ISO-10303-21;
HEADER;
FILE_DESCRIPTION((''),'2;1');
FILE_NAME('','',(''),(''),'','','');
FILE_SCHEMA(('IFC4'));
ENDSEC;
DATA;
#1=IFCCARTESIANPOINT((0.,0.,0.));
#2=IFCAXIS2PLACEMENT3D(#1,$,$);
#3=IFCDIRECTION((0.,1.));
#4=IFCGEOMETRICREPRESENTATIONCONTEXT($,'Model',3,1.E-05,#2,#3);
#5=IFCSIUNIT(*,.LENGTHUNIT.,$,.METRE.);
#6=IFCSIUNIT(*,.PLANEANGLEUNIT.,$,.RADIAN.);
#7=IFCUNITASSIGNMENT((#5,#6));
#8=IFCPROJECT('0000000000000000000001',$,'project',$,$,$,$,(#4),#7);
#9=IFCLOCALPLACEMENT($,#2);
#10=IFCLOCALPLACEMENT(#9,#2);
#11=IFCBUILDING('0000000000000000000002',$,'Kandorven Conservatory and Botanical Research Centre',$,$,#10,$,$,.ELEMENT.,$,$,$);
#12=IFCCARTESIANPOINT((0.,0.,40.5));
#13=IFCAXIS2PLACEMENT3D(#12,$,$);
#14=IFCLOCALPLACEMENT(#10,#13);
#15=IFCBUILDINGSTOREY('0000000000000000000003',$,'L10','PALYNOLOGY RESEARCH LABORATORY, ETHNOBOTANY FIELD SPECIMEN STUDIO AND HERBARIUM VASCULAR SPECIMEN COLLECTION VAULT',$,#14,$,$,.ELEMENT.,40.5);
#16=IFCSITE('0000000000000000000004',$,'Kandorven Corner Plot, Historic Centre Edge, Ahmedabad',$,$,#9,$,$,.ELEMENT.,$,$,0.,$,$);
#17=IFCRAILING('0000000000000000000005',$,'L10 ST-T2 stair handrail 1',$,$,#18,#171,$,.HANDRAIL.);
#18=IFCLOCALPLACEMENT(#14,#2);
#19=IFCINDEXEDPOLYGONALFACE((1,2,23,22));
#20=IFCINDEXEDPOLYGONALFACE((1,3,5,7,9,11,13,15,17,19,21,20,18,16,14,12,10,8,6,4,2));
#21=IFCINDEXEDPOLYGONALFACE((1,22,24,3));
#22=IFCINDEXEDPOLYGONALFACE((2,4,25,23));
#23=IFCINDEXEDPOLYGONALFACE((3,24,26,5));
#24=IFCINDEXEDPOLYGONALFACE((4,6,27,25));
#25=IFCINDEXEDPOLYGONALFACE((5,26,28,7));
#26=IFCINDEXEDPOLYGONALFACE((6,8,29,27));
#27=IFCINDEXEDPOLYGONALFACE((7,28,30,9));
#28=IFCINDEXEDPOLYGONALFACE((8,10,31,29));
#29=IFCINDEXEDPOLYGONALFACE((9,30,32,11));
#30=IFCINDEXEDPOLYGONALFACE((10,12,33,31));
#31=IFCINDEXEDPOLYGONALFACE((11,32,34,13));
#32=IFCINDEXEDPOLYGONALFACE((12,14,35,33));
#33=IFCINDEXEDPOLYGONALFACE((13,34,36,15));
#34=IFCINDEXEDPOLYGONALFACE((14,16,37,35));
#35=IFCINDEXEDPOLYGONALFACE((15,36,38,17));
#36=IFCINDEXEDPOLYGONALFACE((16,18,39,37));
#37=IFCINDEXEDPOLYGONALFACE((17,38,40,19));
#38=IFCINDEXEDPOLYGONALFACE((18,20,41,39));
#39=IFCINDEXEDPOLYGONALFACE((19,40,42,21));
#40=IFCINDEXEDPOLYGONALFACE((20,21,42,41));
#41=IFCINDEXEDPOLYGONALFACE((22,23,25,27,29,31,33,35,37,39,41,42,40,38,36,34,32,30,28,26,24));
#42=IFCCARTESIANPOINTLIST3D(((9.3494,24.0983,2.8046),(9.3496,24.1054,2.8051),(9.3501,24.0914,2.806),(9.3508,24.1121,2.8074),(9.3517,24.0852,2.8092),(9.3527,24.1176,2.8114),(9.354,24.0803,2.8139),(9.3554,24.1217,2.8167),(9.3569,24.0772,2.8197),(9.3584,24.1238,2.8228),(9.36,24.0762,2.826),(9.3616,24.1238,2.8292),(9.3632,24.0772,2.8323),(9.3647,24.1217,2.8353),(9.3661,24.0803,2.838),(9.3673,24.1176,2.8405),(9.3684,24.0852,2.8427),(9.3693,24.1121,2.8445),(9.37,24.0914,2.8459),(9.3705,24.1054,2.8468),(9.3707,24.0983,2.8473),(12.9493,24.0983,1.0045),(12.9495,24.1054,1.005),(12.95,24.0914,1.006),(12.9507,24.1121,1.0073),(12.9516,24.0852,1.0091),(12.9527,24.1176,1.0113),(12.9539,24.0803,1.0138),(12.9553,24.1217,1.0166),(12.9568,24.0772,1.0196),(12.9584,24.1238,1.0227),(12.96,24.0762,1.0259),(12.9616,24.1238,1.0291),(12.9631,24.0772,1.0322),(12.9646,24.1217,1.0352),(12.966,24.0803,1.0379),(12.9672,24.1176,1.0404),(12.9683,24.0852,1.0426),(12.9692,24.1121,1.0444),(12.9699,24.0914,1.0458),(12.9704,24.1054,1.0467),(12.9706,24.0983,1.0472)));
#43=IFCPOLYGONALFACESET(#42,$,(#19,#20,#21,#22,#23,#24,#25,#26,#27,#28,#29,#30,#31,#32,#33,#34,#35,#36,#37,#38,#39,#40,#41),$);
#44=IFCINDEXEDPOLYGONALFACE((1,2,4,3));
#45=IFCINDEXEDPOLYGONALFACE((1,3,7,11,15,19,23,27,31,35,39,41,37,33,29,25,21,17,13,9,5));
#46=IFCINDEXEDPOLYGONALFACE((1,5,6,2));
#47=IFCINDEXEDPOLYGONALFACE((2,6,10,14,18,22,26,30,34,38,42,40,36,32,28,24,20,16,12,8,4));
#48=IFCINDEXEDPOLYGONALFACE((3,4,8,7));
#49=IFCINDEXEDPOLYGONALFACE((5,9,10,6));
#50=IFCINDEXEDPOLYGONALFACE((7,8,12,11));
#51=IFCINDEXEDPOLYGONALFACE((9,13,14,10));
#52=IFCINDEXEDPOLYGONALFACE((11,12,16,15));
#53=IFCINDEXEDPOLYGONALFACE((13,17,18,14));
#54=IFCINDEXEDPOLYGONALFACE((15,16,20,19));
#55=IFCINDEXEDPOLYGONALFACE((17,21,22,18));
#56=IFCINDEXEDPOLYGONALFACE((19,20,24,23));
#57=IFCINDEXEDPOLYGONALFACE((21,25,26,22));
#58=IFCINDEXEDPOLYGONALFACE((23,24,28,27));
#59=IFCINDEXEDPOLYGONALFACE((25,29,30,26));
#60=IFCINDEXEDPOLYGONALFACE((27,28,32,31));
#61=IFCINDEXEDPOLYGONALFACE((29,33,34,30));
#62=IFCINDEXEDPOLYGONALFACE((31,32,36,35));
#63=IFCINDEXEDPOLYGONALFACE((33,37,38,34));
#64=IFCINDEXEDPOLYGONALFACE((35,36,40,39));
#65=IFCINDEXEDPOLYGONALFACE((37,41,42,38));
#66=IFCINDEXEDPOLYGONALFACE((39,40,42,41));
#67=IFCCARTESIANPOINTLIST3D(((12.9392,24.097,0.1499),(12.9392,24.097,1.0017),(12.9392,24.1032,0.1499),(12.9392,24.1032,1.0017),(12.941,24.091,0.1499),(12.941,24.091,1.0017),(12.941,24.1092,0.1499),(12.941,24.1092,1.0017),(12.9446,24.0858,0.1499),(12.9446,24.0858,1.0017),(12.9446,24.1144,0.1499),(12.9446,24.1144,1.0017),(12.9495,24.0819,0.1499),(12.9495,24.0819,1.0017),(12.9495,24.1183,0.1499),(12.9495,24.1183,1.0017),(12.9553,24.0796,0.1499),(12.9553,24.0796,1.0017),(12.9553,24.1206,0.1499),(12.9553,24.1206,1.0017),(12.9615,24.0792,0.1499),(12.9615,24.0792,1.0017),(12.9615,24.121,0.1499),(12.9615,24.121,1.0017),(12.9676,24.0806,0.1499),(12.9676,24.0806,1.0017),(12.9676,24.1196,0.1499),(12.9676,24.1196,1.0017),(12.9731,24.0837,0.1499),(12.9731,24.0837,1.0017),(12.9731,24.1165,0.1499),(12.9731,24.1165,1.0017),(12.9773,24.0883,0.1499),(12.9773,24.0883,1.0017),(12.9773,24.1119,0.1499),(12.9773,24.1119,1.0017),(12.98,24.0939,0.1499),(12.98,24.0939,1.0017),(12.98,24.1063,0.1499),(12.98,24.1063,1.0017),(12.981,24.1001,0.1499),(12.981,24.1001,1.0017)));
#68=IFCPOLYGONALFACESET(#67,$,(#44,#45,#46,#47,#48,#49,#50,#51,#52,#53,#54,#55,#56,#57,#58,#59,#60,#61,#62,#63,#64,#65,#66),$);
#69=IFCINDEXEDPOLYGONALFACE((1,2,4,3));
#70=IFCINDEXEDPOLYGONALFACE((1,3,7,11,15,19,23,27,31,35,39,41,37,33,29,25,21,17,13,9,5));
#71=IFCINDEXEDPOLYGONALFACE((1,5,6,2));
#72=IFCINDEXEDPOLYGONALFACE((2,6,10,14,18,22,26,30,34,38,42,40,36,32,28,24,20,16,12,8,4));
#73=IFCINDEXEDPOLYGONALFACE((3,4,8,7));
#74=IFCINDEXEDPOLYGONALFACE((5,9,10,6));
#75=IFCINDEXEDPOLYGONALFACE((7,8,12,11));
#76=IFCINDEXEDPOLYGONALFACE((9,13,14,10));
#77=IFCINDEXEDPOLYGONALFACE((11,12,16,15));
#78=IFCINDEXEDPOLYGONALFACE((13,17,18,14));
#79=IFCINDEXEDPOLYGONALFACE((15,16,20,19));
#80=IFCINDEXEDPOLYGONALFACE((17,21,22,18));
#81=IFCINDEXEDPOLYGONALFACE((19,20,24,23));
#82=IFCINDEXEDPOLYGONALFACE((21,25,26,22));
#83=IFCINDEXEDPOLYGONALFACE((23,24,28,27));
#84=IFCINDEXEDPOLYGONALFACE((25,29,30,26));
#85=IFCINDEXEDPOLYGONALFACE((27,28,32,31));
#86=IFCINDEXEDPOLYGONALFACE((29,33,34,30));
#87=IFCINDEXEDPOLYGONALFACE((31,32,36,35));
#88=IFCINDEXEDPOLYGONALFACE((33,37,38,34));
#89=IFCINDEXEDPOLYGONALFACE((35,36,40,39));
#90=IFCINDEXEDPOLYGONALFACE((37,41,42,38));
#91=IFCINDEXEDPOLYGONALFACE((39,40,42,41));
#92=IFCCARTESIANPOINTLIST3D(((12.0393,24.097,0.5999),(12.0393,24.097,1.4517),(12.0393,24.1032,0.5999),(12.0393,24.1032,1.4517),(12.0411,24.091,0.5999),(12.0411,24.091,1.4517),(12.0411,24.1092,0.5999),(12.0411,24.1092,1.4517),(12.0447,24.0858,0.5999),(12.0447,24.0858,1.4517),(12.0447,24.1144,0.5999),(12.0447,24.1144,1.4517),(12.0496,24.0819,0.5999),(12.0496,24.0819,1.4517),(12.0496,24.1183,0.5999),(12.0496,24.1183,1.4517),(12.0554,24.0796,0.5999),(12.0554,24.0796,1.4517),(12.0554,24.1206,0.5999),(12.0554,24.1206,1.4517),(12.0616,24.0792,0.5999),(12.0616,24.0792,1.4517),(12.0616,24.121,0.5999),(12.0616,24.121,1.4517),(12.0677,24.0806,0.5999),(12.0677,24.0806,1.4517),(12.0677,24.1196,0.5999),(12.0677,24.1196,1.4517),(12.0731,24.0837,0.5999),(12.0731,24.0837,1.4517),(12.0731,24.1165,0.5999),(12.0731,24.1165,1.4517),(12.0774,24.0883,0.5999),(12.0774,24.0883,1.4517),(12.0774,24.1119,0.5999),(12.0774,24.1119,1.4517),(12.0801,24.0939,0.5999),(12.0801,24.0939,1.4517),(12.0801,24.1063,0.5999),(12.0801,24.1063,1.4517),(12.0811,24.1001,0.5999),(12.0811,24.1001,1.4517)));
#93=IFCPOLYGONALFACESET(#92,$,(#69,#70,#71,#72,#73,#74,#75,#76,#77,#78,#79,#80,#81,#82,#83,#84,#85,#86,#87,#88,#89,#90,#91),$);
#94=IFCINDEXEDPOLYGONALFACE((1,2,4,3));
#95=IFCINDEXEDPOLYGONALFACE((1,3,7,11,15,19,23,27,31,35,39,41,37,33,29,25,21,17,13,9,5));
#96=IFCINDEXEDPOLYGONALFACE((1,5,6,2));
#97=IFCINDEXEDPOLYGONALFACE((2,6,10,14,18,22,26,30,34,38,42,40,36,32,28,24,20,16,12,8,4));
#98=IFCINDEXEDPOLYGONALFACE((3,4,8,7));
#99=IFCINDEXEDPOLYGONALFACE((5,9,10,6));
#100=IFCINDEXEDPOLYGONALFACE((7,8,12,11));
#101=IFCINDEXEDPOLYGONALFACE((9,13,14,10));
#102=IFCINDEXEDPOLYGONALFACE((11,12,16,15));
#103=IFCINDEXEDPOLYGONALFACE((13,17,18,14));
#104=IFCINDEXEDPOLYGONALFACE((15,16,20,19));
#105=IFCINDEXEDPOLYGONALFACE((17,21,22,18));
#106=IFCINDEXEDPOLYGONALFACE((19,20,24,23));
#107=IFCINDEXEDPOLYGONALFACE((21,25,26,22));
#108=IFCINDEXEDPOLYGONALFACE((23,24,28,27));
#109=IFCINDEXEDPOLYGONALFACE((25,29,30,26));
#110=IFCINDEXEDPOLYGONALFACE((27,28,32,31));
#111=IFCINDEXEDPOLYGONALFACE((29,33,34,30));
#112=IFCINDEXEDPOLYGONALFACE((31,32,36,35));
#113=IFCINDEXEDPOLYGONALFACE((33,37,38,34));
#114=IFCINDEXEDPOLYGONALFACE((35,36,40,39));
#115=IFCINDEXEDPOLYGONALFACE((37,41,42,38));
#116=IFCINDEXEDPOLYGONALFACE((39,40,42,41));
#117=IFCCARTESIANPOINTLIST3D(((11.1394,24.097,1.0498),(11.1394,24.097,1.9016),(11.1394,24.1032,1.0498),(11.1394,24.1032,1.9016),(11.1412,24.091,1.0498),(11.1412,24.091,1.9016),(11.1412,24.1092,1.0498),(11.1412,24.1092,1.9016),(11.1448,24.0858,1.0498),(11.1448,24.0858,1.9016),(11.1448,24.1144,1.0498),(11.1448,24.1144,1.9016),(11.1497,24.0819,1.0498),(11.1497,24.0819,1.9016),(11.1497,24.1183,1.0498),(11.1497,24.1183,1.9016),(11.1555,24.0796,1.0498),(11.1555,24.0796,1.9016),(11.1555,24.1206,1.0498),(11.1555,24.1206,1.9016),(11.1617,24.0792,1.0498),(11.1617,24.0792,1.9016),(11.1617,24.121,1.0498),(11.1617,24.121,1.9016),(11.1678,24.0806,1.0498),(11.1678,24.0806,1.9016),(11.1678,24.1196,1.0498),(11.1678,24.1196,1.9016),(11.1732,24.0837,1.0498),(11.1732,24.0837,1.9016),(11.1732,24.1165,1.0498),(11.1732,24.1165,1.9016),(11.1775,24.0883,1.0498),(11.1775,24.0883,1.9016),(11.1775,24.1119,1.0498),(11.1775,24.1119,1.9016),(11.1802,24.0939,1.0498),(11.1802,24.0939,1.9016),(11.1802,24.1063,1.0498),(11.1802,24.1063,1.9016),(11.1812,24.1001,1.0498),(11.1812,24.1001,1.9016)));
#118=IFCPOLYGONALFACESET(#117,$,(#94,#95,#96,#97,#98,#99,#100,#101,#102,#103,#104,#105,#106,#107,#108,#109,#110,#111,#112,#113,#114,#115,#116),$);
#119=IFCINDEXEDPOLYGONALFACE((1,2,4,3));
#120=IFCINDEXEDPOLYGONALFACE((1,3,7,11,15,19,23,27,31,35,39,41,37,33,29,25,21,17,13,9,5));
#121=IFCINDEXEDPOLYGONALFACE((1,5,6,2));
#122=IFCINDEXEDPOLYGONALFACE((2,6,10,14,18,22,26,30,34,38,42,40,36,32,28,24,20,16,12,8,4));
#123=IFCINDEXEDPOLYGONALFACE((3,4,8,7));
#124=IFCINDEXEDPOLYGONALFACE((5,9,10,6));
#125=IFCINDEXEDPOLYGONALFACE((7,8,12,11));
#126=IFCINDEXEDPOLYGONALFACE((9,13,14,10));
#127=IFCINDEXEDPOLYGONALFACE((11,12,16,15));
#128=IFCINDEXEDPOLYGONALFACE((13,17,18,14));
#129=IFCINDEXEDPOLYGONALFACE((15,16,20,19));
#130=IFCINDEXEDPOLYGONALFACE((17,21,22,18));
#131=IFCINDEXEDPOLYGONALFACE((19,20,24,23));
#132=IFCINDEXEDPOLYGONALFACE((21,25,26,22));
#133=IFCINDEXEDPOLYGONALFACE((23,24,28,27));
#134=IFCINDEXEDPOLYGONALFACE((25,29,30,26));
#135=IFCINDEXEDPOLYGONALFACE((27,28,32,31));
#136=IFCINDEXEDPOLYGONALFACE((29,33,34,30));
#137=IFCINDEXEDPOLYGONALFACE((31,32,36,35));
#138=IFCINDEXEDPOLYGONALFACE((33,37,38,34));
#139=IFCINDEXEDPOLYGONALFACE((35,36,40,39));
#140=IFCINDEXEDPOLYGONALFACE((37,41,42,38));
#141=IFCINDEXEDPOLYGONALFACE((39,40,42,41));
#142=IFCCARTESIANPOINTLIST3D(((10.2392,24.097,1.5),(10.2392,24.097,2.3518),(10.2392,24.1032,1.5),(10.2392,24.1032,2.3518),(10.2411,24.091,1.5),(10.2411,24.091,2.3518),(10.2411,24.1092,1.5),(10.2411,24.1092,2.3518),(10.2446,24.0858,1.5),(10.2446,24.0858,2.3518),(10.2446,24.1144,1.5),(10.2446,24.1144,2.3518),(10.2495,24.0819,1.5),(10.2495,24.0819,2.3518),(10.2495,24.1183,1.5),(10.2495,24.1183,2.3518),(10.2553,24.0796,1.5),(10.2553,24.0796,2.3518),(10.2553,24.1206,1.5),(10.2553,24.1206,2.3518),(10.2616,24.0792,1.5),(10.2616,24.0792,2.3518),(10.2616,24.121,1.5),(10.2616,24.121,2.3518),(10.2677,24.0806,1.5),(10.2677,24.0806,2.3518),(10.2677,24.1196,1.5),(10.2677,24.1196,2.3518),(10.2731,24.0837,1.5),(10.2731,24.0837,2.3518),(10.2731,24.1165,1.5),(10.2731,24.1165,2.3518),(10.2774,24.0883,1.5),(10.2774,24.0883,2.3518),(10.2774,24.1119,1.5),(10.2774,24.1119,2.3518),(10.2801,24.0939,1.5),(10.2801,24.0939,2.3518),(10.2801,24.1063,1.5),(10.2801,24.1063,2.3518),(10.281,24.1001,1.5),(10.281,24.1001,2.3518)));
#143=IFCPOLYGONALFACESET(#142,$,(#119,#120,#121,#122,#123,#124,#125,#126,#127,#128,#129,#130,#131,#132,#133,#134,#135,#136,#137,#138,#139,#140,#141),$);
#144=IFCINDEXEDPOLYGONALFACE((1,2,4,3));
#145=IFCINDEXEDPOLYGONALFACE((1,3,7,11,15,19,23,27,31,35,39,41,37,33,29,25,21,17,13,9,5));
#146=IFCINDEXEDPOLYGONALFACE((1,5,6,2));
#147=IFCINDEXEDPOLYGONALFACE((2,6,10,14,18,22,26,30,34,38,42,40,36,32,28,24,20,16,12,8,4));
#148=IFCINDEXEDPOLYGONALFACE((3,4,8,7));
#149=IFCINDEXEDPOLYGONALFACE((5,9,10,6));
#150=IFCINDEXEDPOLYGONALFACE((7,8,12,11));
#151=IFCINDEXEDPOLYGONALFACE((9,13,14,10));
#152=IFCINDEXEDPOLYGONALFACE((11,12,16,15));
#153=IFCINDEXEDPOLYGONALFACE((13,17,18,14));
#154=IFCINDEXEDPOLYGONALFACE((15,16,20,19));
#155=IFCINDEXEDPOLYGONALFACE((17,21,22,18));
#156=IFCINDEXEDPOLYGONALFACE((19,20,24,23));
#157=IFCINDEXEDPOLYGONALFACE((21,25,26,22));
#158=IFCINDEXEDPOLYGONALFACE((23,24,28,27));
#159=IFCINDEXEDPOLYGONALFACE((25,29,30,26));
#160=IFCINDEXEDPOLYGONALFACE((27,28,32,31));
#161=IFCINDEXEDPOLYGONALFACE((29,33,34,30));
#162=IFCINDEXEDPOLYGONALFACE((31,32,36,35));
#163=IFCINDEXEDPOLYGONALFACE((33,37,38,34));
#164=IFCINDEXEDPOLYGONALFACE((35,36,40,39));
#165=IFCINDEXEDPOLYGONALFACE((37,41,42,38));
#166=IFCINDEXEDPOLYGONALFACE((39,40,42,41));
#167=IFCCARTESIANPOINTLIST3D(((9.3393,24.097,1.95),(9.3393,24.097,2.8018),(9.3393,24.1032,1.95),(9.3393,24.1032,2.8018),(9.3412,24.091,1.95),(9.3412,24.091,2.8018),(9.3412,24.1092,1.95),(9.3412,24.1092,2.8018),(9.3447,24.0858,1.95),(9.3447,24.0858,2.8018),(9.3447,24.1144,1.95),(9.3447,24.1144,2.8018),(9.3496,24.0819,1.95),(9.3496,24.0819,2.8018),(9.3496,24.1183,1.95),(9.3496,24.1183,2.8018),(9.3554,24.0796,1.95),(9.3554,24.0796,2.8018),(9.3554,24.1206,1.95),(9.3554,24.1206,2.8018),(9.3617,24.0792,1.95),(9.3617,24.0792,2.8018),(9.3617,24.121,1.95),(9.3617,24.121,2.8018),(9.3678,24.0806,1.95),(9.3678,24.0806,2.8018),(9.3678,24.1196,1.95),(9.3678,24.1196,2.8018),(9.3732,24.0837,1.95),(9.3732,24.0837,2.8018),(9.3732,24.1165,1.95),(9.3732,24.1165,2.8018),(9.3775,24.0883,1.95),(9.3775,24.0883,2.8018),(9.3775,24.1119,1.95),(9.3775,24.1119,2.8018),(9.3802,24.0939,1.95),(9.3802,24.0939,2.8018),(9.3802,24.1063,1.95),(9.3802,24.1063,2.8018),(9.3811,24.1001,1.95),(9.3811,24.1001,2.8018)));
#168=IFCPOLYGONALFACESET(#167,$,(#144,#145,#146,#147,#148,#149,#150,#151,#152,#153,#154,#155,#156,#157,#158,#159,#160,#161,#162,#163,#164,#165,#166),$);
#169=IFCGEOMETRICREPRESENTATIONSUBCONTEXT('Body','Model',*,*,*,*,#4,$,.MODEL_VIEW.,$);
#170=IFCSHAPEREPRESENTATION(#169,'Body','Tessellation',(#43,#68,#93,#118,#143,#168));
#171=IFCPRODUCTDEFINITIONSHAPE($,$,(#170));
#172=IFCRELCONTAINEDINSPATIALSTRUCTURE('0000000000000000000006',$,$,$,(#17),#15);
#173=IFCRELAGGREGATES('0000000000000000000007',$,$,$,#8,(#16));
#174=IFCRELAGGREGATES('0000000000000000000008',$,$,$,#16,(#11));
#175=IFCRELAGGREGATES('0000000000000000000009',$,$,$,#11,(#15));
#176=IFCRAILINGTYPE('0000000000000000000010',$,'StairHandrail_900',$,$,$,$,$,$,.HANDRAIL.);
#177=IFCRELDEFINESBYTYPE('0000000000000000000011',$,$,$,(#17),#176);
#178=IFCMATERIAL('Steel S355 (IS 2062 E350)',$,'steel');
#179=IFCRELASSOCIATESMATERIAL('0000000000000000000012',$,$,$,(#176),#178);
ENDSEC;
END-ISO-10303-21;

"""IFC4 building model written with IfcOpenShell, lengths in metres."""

from ifc_helpers import new_model, si_unit, direction, frame, origin, origin_2d, place, context, subcontext, project, spatial, circle, extrude, material, type_object, element, save


model = new_model("IFC4")

# Units and contexts
model_context = context("Model", 3, precision=1e-05, world=origin(), true_north=direction((0.0, 1.0)))
body_context = subcontext(model_context, "Body", "Model", "MODEL_VIEW")
ifc_project = project(units=[si_unit("LENGTHUNIT", "METRE"), si_unit("PLANEANGLEUNIT", "RADIAN")], contexts=[model_context])

# Site, building, storey
site_placement = place(None, origin())
site = spatial("IfcSite", under=ifc_project, at=site_placement, Name="Kandorven Corner Plot, Historic Centre Edge, Ahmedabad", CompositionType="ELEMENT", RefElevation=0.0)
building_placement = place(site_placement, origin())
building = spatial("IfcBuilding", under=site, at=building_placement, Name="Kandorven Conservatory and Botanical Research Centre", CompositionType="ELEMENT")
storey_placement = place(building_placement, frame((0.0, 0.0, 40.5)))
storey = spatial("IfcBuildingStorey", under=building, at=storey_placement, Name="L10", Description="PALYNOLOGY RESEARCH LABORATORY, ETHNOBOTANY FIELD SPECIMEN STUDIO AND HERBARIUM VASCULAR SPECIMEN COLLECTION VAULT", CompositionType="ELEMENT", Elevation=40.5)

# Railing
ifc_material_1 = material(Name="Steel S355 (IS 2062 E350)", Category="steel")
railing_type_1 = type_object("IfcRailingType", Name="StairHandrail_900", PredefinedType="HANDRAIL", material=ifc_material_1)
railing_1_placement = place(storey_placement, frame((12.96, 24.1001, 0.1499)))
element("IfcRailing", 1, at=railing_1_placement, inside=storey, type_object=railing_type_1, Name="L10 ST-T2 stair handrail 1", PredefinedType="HANDRAIL", context=body_context, shape_type="SweptSolid", body=[
    extrude(circle(Radius=0.0239, at=origin_2d()), frame((0.0, 0.0, 0.876), z_axis=(-0.894415, 0.0, 0.447238), x_axis=(0.0, -1.0, 0.0)), (0.0, 0.0, 1.0), 4.0249),
    extrude(circle(Radius=0.021, at=origin_2d()), origin(), (0.0, 0.0, 1.0), 0.8518),
    extrude(circle(Radius=0.021, at=origin_2d()), frame((-0.8999, 0.0, 0.45)), (0.0, 0.0, 1.0), 0.8518),
    extrude(circle(Radius=0.021, at=origin_2d()), frame((-1.7998, 0.0, 0.8999)), (0.0, 0.0, 1.0), 0.8518),
    extrude(circle(Radius=0.021, at=origin_2d()), frame((-2.7, 0.0, 1.3501)), (0.0, 0.0, 1.0), 0.8518),
    extrude(circle(Radius=0.021, at=origin_2d()), frame((-3.5999, 0.0, 1.8)), (0.0, 0.0, 1.0), 0.8518),
])

save(model, "model.ifc")
